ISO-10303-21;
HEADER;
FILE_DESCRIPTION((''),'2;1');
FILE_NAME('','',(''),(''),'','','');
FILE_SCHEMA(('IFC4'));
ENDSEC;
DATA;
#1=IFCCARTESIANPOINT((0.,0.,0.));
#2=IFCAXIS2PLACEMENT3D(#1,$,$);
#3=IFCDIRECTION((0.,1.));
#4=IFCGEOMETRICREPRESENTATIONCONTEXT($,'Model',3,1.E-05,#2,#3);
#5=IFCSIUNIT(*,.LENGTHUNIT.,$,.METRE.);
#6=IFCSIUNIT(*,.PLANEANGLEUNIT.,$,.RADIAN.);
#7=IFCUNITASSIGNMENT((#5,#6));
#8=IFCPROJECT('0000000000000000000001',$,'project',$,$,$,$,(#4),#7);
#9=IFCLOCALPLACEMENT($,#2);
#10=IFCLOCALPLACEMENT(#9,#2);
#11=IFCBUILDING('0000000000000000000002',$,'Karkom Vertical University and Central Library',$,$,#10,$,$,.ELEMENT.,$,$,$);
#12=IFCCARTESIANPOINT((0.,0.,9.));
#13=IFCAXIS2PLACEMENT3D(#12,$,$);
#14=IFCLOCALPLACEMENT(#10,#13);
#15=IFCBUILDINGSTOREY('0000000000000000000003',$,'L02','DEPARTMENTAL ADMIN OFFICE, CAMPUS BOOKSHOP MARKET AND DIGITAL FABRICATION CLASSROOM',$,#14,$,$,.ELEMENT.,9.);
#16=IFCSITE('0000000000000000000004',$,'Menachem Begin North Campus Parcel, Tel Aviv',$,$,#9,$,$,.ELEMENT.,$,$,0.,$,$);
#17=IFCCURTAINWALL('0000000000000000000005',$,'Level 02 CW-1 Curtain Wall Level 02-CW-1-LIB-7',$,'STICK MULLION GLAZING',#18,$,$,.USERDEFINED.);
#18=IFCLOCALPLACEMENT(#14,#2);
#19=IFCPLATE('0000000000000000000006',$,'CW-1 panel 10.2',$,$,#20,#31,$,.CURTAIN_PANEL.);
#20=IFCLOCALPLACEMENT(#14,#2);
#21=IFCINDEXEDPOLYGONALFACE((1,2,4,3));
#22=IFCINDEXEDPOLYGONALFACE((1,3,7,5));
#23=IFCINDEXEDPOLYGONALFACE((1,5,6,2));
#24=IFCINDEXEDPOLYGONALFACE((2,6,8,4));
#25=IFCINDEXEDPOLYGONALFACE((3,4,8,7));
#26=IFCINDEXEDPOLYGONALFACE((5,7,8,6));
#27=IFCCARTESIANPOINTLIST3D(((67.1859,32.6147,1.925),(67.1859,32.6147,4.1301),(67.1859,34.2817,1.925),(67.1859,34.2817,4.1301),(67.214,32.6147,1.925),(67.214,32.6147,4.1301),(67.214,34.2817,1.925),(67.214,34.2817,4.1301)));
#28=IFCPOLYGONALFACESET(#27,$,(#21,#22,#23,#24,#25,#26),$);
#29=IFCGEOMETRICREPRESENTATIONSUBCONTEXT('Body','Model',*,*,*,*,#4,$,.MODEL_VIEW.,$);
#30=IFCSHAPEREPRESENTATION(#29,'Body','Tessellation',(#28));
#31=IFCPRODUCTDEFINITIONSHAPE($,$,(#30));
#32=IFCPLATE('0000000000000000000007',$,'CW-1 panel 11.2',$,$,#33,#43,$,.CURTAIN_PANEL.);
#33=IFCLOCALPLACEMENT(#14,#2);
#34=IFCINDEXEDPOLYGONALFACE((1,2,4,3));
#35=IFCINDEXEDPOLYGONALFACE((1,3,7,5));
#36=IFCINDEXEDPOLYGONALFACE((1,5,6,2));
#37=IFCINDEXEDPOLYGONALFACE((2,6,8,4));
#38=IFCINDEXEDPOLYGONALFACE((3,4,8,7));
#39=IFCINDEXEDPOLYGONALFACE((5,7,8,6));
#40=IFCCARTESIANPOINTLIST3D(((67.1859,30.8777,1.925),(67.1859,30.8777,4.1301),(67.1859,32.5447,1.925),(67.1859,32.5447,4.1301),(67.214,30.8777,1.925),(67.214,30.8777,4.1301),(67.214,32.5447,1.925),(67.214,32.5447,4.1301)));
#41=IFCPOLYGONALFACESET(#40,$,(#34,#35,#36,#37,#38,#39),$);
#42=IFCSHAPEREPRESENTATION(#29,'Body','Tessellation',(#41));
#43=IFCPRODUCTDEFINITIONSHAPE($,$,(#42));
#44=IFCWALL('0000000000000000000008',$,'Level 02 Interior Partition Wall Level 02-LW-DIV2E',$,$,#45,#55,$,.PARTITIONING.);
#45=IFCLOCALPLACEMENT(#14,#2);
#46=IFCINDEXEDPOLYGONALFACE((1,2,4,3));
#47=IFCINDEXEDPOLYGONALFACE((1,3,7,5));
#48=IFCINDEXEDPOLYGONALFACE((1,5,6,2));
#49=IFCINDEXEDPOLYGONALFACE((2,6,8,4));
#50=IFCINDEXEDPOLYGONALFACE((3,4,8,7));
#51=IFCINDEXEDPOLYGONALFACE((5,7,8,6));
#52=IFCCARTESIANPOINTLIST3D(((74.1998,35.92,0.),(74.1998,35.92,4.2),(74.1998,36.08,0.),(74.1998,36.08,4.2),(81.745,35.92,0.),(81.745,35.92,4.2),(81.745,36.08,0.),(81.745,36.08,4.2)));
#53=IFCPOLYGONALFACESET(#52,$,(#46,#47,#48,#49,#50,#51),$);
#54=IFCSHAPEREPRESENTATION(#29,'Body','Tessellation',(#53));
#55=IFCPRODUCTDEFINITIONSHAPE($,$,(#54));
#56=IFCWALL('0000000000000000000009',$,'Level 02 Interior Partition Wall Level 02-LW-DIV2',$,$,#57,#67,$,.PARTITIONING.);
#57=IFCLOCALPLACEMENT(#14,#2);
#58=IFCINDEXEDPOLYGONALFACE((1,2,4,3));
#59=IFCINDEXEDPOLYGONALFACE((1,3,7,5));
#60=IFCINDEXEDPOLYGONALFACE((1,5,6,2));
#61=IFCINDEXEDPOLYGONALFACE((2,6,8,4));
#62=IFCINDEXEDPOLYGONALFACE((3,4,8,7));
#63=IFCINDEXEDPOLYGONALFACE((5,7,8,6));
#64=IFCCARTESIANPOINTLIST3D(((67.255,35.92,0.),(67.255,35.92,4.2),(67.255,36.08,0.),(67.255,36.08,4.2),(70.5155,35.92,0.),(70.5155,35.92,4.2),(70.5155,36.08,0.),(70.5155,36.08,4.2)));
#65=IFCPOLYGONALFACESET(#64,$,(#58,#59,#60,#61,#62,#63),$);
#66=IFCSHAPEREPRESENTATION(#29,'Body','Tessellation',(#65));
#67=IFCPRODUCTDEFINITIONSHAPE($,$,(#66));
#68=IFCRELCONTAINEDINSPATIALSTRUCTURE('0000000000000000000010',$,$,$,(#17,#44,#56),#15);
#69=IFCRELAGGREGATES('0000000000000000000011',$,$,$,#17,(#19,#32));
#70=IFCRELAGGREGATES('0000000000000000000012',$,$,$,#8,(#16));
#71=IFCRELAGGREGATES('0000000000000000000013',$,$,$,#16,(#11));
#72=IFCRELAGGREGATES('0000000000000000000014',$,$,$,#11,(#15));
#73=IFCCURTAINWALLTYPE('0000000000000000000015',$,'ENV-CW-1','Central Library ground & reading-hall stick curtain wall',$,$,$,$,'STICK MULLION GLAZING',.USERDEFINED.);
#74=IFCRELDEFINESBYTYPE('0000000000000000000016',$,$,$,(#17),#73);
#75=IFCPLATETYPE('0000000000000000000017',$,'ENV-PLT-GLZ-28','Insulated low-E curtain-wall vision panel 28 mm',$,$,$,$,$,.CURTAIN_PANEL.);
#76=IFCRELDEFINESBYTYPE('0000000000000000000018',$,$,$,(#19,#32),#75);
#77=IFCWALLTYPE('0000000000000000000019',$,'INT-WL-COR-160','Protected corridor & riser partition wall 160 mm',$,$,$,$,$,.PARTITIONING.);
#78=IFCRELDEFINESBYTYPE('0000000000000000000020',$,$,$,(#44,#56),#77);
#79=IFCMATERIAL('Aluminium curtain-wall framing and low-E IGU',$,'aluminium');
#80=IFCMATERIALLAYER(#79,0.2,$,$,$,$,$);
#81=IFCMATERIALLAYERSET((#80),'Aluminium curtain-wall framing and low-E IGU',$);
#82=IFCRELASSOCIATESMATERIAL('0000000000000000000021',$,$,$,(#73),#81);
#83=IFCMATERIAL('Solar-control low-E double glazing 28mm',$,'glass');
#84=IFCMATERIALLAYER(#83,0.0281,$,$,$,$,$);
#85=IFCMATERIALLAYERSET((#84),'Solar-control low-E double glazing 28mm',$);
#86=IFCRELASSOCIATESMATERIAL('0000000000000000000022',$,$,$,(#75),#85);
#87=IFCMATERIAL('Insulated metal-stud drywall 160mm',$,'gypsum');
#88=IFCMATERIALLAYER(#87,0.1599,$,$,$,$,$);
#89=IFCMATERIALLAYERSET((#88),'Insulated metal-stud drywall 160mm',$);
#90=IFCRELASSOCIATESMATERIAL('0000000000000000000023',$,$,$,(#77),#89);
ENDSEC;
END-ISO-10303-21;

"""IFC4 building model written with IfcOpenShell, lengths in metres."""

from ifc_helpers import new_model, si_unit, direction, frame, frame_2d, origin, origin_with_axes, origin_2d, place, context, subcontext, project, spatial, rectangle, extrude, source, transform, mapped, material, layer, layer_set, type_object, element, aggregate, save


model = new_model("IFC4")

# Units and contexts
model_context = context("Model", 3, precision=1e-05, world=origin(), true_north=direction((0.0, 1.0)))
body_context = subcontext(model_context, "Body", "Model", "MODEL_VIEW")
ifc_project = project(units=[si_unit("LENGTHUNIT", "METRE"), si_unit("PLANEANGLEUNIT", "RADIAN")], contexts=[model_context])

# Site, building, storey
site_placement = place(None, origin())
site = spatial("IfcSite", under=ifc_project, at=site_placement, Name="Menachem Begin North Campus Parcel, Tel Aviv", CompositionType="ELEMENT", RefElevation=0.0)
building_placement = place(site_placement, origin())
building = spatial("IfcBuilding", under=site, at=building_placement, Name="Karkom Vertical University and Central Library", CompositionType="ELEMENT")
storey_placement = place(building_placement, frame((0.0, 0.0, 9.0)))
storey = spatial("IfcBuildingStorey", under=building, at=storey_placement, Name="L02", Description="DEPARTMENTAL ADMIN OFFICE, CAMPUS BOOKSHOP MARKET AND DIGITAL FABRICATION CLASSROOM", CompositionType="ELEMENT", Elevation=9.0)

# Curtain wall, plates
ifc_material_1 = material(Name="Aluminium curtain-wall framing and low-E IGU", Category="aluminium")
ifc_layer_1 = layer(ifc_material_1, 0.2)
ifc_layer_set_1 = layer_set([ifc_layer_1], Name="Aluminium curtain-wall framing and low-E IGU")
curtain_wall_type = type_object("IfcCurtainWallType", Name="ENV-CW-1", Description="Central Library ground & reading-hall stick curtain wall", ElementType="STICK MULLION GLAZING", PredefinedType="USERDEFINED", material=ifc_layer_set_1)
curtain_wall_placement = place(storey_placement, origin())
curtain_wall = element("IfcCurtainWall", 1, at=curtain_wall_placement, inside=storey, type_object=curtain_wall_type, Name="Level 02 CW-1 Curtain Wall Level 02-CW-1-LIB-7", ObjectType="STICK MULLION GLAZING", PredefinedType="USERDEFINED")
ifc_material_2 = material(Name="Solar-control low-E double glazing 28mm", Category="glass")
ifc_layer_2 = layer(ifc_material_2, 0.0281)
ifc_layer_set_2 = layer_set([ifc_layer_2], Name="Solar-control low-E double glazing 28mm")
plate_type = type_object("IfcPlateType", Name="ENV-PLT-GLZ-28", Description="Insulated low-E curtain-wall vision panel 28 mm", PredefinedType="CURTAIN_PANEL", material=ifc_layer_set_2)
shared_shape_1 = source(origin_with_axes(), body_context, "Body", "SweptSolid", [
    extrude(rectangle(XDim=1.667, YDim=0.0281, at=origin_2d()), origin(), (0.0, 0.0, 1.0), 2.2051),
])
plate_1_placement = place(storey_placement, frame((67.2, 33.4482, 1.925), z_axis=(0.0, 0.0, 1.0), x_axis=(0.0, -1.0, 0.0)))
plate_1 = element("IfcPlate", 2, at=plate_1_placement, type_object=plate_type, Name="CW-1 panel 10.2", PredefinedType="CURTAIN_PANEL", context=body_context, shape_type="MappedRepresentation", body=[
    mapped(shared_shape_1, transform((0.0, 0.0, 0.0), scale=1.0)),
])
plate_2_placement = place(storey_placement, frame((67.2, 31.7112, 1.925), z_axis=(0.0, 0.0, 1.0), x_axis=(0.0, -1.0, 0.0)))
plate_2 = element("IfcPlate", 3, at=plate_2_placement, type_object=plate_type, Name="CW-1 panel 11.2", PredefinedType="CURTAIN_PANEL", context=body_context, shape_type="MappedRepresentation", body=[
    mapped(shared_shape_1, transform((0.0, 0.0, 0.0), scale=1.0)),
])
aggregate(curtain_wall, [plate_1, plate_2])

# Walls
ifc_material_3 = material(Name="Insulated metal-stud drywall 160mm", Category="gypsum")
ifc_layer_3 = layer(ifc_material_3, 0.1599)
ifc_layer_set_3 = layer_set([ifc_layer_3], Name="Insulated metal-stud drywall 160mm")
wall_type = type_object("IfcWallType", Name="INT-WL-COR-160", Description="Protected corridor & riser partition wall 160 mm", PredefinedType="PARTITIONING", material=ifc_layer_set_3)
wall_1_placement = place(storey_placement, frame((74.2, 36.0, 0.0), z_axis=(0.0, 0.0, 1.0), x_axis=(1.0, 0.0, 0.0)))
element("IfcWall", 4, at=wall_1_placement, inside=storey, type_object=wall_type, Name="Level 02 Interior Partition Wall Level 02-LW-DIV2E", PredefinedType="PARTITIONING", context=body_context, shape_type="SweptSolid", body=[
    extrude(rectangle(XDim=7.5452, YDim=0.1599, at=frame_2d((3.7725, 0.0))), origin(), (0.0, 0.0, 1.0), 4.2),
])
wall_2_placement = place(storey_placement, frame((67.2549, 36.0, 0.0), z_axis=(0.0, 0.0, 1.0), x_axis=(1.0, 0.0, 0.0)))
element("IfcWall", 5, at=wall_2_placement, inside=storey, type_object=wall_type, Name="Level 02 Interior Partition Wall Level 02-LW-DIV2", PredefinedType="PARTITIONING", context=body_context, shape_type="SweptSolid", body=[
    extrude(rectangle(XDim=3.2605, YDim=0.1599, at=frame_2d((1.6304, 0.0))), origin(), (0.0, 0.0, 1.0), 4.2),
])

save(model, "model.ifc")
